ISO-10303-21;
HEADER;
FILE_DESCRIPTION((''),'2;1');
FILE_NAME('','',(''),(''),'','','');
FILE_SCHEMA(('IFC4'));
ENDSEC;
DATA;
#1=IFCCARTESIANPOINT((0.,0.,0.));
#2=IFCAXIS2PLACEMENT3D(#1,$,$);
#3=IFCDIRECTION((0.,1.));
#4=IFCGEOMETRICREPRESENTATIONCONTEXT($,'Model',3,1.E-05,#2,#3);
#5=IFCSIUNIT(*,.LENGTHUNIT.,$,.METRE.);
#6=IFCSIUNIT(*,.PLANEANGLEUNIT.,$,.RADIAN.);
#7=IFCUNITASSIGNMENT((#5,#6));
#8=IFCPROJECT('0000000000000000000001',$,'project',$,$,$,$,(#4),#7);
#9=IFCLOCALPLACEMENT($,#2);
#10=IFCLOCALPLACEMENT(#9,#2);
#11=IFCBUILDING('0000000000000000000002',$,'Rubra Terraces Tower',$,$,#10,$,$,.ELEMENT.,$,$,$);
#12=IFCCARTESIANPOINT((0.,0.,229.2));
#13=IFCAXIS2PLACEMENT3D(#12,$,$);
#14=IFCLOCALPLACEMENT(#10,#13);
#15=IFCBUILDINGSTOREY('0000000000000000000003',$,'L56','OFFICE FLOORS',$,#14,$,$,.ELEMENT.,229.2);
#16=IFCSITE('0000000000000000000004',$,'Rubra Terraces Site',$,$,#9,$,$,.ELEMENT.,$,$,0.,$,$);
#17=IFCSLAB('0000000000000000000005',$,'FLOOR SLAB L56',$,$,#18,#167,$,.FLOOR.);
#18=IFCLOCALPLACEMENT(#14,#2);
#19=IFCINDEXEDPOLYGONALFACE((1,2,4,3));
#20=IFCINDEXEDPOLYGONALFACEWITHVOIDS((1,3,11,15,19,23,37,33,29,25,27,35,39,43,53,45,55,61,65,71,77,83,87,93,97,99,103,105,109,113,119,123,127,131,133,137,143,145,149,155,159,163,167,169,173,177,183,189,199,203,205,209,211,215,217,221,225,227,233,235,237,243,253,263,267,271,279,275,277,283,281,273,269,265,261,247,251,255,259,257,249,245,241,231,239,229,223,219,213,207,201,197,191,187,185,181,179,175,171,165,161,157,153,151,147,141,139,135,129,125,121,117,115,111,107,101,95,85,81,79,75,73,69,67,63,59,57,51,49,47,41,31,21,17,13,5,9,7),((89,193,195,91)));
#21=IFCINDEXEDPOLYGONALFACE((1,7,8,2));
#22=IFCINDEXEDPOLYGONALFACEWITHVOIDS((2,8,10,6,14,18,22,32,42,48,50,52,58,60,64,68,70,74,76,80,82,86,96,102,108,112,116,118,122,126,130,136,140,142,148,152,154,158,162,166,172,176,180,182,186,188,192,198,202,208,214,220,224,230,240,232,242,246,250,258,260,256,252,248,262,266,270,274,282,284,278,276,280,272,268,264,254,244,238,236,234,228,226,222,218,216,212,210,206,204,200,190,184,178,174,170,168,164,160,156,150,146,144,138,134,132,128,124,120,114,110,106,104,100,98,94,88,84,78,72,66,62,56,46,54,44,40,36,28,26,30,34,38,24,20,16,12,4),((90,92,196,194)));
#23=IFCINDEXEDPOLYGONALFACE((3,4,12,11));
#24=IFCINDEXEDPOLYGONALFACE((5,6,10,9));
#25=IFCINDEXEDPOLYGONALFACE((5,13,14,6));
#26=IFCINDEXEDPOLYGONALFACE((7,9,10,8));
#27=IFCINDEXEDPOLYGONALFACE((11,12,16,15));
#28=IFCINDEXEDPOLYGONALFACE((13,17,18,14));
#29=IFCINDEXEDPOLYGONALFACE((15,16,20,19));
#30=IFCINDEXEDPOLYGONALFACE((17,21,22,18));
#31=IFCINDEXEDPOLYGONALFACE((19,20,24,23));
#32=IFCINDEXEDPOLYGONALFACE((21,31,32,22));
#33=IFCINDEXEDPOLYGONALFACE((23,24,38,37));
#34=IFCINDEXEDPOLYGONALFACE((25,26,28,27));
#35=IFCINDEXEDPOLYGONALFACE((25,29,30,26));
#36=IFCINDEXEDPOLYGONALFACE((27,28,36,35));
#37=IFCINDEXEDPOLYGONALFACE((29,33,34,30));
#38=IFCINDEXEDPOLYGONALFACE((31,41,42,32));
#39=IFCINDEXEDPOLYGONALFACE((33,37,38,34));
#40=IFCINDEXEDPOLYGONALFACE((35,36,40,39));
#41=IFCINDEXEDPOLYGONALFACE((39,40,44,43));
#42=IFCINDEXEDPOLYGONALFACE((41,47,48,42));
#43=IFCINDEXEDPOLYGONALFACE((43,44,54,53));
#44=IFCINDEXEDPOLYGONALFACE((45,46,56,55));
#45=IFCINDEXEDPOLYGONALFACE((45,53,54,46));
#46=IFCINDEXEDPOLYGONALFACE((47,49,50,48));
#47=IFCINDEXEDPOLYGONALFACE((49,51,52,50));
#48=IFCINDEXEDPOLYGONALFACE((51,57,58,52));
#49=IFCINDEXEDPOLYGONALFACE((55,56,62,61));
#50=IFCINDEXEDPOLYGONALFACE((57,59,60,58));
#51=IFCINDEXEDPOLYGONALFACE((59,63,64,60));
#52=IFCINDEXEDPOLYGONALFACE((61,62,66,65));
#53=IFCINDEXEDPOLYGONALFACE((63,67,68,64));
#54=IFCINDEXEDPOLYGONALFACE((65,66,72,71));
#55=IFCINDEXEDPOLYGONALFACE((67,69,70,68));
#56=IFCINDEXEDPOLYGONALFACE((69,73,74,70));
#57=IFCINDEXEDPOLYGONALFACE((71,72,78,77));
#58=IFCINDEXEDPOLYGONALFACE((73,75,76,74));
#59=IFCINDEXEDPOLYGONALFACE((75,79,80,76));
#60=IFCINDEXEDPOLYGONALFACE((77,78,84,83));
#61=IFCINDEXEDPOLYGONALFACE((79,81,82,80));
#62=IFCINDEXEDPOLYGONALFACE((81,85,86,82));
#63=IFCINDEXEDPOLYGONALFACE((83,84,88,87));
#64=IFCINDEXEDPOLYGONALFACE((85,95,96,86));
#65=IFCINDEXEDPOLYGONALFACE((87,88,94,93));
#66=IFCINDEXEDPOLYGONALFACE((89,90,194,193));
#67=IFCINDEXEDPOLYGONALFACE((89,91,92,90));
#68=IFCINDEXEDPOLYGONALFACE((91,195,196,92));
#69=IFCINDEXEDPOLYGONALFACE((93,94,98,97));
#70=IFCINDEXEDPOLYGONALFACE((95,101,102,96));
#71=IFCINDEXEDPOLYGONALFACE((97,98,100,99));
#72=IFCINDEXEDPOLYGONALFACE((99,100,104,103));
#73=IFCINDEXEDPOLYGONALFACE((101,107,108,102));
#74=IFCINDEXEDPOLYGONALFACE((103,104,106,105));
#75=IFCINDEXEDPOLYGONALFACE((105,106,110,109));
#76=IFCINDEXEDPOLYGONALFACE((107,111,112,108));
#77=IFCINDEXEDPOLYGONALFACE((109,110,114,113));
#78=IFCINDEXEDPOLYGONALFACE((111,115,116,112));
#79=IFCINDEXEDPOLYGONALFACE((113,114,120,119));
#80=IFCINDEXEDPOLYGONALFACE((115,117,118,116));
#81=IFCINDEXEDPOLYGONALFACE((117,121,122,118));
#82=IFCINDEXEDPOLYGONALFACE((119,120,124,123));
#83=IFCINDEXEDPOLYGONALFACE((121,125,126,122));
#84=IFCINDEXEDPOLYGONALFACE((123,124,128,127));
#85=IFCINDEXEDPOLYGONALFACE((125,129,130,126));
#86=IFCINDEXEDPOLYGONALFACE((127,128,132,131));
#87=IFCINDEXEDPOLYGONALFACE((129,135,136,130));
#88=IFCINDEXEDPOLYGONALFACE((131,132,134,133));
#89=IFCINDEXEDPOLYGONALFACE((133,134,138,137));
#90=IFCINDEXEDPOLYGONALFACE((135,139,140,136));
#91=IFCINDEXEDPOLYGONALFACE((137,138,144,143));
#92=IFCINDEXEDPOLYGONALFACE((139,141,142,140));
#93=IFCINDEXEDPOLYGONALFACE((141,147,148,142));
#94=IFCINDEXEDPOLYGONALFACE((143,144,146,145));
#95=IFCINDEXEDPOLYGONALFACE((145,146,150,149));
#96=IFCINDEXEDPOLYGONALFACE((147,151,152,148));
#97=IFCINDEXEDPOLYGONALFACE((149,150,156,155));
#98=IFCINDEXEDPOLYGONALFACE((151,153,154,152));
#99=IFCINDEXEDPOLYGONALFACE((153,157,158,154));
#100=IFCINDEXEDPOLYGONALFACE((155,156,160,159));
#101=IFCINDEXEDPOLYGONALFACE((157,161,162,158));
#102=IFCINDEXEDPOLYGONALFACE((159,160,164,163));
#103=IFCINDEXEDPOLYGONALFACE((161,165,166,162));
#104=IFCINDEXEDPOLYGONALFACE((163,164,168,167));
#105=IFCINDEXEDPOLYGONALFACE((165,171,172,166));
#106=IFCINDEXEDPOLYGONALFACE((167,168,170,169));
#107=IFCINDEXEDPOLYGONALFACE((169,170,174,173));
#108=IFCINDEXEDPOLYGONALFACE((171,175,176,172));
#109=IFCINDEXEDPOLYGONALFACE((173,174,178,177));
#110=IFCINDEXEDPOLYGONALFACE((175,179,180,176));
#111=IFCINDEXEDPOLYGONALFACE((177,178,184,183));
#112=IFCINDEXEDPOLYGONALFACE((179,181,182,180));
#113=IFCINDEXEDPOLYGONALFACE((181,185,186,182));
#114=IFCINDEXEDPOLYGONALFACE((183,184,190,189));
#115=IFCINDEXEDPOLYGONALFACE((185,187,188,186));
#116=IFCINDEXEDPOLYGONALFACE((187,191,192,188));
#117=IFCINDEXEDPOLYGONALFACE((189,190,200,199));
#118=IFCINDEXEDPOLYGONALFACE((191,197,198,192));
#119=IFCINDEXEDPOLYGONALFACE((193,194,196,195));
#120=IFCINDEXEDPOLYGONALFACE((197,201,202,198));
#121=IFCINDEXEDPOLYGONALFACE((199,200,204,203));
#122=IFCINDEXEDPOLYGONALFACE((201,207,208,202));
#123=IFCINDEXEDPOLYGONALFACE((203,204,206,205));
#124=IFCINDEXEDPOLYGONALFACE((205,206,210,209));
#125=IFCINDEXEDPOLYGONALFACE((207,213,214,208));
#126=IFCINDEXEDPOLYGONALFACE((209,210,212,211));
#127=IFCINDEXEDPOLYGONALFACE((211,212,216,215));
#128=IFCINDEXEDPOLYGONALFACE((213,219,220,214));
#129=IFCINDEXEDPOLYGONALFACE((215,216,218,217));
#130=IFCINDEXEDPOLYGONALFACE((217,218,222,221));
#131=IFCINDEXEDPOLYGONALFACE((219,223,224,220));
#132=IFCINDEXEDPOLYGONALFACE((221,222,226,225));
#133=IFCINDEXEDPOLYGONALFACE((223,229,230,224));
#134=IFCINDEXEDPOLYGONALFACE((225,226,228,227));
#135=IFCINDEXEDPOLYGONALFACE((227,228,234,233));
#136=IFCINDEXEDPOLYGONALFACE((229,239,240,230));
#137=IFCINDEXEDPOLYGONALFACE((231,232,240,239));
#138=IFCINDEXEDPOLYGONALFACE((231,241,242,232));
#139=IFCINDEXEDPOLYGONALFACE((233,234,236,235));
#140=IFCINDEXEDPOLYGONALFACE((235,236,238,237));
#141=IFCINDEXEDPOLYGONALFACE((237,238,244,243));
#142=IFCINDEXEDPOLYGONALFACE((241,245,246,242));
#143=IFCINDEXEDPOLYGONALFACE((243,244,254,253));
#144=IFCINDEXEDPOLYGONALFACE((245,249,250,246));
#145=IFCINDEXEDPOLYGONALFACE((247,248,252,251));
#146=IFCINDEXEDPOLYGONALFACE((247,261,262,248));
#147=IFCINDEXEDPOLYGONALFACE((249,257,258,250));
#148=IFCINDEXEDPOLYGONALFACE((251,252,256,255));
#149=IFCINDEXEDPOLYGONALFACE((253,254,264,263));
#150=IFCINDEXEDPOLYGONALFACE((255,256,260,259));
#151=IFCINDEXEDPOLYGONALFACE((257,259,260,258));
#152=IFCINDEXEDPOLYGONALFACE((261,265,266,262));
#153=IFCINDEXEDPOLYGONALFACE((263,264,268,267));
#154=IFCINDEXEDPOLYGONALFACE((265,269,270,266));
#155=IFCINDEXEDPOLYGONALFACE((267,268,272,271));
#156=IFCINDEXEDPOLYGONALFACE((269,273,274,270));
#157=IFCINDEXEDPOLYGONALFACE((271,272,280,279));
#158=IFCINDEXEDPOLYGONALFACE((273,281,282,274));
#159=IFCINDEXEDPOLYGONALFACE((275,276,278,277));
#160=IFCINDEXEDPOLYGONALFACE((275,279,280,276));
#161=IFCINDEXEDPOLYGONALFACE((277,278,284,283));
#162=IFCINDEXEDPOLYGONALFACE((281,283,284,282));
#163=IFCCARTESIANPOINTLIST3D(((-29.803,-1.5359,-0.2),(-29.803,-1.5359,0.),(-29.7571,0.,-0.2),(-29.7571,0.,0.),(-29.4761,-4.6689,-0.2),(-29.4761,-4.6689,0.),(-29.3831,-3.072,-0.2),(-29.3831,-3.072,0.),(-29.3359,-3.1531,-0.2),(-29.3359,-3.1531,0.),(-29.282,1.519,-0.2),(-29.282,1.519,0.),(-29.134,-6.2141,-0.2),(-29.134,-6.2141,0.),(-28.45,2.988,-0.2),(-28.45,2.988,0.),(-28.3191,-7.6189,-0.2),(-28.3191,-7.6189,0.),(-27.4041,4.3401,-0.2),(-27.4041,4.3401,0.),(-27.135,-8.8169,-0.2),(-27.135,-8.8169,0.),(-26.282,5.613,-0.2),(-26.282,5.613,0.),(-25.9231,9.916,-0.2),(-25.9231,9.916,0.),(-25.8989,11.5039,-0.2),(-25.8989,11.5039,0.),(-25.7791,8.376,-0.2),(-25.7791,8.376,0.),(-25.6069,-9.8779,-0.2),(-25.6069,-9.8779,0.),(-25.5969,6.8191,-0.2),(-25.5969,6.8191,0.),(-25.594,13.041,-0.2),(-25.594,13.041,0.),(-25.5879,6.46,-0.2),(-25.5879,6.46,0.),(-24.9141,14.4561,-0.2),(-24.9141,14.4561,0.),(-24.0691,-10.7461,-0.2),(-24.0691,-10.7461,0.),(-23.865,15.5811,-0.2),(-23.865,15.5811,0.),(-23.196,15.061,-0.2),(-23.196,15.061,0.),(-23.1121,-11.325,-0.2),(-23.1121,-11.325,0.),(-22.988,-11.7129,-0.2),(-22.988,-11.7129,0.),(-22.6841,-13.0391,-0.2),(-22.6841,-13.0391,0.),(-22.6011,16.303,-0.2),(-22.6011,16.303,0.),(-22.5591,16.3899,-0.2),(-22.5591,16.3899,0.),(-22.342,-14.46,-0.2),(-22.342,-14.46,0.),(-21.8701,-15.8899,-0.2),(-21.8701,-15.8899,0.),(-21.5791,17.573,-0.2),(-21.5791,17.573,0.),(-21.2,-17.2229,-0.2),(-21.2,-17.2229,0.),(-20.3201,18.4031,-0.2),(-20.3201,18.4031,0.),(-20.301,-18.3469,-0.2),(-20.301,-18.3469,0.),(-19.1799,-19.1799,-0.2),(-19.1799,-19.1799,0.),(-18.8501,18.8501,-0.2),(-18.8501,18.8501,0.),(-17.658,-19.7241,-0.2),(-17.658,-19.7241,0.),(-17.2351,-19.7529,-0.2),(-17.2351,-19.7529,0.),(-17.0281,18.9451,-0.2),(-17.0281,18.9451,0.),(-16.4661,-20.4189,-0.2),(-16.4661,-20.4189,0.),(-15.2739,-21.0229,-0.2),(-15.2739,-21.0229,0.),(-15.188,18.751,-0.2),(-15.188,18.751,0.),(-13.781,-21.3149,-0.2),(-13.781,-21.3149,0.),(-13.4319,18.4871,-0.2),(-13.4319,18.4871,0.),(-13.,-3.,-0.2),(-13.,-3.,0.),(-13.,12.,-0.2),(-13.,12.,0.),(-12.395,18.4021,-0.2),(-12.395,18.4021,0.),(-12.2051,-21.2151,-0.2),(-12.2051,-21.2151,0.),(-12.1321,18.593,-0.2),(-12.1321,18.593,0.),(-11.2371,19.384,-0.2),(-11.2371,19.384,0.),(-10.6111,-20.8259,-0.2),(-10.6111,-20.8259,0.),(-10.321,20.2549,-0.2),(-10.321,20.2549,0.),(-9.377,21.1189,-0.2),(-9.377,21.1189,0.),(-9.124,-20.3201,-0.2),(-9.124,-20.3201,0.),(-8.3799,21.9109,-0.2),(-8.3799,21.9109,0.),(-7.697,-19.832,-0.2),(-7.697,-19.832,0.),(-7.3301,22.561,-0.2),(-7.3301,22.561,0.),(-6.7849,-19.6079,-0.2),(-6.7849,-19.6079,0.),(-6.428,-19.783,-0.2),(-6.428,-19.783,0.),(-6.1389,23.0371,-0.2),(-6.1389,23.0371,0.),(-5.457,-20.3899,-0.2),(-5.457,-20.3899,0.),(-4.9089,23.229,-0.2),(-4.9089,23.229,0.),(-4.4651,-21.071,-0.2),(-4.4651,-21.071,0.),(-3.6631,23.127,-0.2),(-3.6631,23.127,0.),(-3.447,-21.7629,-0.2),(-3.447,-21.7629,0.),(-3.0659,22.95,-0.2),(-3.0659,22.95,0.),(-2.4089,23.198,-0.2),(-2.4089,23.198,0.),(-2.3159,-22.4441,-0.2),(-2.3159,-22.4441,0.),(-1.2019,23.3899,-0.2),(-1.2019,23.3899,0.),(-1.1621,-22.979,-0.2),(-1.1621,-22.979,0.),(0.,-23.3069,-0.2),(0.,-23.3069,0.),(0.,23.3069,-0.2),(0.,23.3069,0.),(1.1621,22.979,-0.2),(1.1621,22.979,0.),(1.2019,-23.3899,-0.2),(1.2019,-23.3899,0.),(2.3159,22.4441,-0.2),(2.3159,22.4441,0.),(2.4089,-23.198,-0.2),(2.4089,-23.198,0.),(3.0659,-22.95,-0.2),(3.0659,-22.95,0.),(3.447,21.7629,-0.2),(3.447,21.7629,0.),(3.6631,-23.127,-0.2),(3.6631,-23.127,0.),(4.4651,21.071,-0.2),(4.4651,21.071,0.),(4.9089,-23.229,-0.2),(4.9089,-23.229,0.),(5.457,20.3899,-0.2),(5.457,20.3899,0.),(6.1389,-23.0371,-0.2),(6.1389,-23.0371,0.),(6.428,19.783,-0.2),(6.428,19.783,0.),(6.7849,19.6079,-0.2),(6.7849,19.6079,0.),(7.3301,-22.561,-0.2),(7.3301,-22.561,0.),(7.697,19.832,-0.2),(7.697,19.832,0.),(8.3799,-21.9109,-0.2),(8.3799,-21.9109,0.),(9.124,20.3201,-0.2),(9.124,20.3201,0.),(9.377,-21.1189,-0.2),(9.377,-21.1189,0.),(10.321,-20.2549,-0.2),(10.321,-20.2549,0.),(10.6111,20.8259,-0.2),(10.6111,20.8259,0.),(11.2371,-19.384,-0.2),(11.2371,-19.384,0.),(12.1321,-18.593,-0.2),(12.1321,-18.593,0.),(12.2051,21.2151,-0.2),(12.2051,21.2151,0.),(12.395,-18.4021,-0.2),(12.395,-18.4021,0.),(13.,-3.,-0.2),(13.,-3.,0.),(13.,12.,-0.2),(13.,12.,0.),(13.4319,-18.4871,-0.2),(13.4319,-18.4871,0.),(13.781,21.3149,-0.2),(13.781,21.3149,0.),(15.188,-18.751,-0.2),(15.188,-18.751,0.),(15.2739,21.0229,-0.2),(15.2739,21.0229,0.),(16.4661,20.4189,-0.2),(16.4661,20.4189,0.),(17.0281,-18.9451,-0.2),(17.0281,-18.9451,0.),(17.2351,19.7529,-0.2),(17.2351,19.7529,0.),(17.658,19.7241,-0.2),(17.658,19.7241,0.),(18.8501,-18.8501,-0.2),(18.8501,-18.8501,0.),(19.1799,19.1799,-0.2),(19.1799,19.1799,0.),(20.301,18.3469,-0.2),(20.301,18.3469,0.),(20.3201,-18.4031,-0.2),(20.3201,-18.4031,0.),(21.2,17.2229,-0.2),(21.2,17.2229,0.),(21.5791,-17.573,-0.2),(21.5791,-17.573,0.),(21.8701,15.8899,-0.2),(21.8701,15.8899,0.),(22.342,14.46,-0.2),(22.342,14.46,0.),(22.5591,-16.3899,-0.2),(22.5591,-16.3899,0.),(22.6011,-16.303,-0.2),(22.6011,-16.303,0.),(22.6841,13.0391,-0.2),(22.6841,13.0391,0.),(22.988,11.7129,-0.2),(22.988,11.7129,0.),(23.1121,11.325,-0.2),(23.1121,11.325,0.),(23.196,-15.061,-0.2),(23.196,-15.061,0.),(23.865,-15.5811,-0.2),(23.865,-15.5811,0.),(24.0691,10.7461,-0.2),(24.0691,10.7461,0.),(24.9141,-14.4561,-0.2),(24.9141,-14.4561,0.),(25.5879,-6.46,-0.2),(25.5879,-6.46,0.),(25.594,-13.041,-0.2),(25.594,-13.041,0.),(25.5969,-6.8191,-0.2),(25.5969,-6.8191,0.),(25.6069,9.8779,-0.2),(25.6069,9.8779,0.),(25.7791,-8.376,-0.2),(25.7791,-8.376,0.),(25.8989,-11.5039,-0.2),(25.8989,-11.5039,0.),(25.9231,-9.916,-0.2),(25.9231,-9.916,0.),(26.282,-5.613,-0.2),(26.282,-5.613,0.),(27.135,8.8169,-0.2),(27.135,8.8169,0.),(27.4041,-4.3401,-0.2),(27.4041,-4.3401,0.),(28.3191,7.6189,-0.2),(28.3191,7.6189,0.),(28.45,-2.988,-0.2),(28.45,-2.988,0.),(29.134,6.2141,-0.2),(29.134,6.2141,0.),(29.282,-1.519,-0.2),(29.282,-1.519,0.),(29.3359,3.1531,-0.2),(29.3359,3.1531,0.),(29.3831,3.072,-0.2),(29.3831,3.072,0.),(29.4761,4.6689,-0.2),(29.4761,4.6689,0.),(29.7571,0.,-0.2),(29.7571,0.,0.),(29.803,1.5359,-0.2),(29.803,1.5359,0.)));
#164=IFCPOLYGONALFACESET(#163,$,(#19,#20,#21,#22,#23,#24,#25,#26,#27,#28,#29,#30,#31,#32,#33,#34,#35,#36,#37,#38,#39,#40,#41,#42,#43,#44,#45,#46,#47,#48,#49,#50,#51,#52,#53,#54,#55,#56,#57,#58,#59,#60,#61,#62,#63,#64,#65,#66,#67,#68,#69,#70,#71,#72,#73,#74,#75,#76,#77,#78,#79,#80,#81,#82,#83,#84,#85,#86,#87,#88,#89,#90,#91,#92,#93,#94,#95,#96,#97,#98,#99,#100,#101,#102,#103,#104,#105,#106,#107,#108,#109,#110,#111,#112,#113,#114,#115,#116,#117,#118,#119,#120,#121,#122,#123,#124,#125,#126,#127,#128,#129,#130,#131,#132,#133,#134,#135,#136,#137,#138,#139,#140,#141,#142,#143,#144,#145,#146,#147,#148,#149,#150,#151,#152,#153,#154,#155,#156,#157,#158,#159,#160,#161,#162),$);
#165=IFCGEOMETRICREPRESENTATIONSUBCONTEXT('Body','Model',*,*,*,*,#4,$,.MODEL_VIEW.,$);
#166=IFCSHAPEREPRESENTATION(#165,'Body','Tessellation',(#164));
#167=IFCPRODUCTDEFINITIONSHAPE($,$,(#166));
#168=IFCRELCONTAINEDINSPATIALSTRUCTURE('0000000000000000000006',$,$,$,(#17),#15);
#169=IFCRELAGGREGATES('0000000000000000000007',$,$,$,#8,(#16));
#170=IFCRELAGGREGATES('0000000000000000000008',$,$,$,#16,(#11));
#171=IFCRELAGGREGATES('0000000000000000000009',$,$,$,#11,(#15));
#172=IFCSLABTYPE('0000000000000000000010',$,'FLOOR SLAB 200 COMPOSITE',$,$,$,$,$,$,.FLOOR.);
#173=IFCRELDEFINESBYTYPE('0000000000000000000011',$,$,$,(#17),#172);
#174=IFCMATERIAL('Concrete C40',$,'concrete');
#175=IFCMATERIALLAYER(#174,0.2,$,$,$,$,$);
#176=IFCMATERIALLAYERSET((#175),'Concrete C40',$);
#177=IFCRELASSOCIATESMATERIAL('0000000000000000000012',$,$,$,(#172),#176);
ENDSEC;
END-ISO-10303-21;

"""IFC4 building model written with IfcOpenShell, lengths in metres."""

from ifc_helpers import new_model, si_unit, direction, frame, origin, place, context, subcontext, project, spatial, polyline, outline, extrude, material, layer, layer_set, type_object, element, save


model = new_model("IFC4")

# Units and contexts
model_context = context("Model", 3, precision=1e-05, world=origin(), true_north=direction((0.0, 1.0)))
body_context = subcontext(model_context, "Body", "Model", "MODEL_VIEW")
ifc_project = project(units=[si_unit("LENGTHUNIT", "METRE"), si_unit("PLANEANGLEUNIT", "RADIAN")], contexts=[model_context])

# Site, building, storey
site_placement = place(None, origin())
site = spatial("IfcSite", under=ifc_project, at=site_placement, Name="Rubra Terraces Site", CompositionType="ELEMENT", RefElevation=0.0)
building_placement = place(site_placement, origin())
building = spatial("IfcBuilding", under=site, at=building_placement, Name="Rubra Terraces Tower", CompositionType="ELEMENT")
storey_placement = place(building_placement, frame((0.0, 0.0, 229.2)))
storey = spatial("IfcBuildingStorey", under=building, at=storey_placement, Name="L56", Description="OFFICE FLOORS", CompositionType="ELEMENT", Elevation=229.2)

# Slab
ifc_material_1 = material(Name="Concrete C40", Category="concrete")
ifc_layer_1 = layer(ifc_material_1, 0.2)
ifc_layer_set_1 = layer_set([ifc_layer_1], Name="Concrete C40")
slab_type_1 = type_object("IfcSlabType", Name="FLOOR SLAB 200 COMPOSITE", PredefinedType="FLOOR", material=ifc_layer_set_1)
slab_1_placement = place(storey_placement, frame((0.0, 0.0, -0.2)))
element("IfcSlab", 1, at=slab_1_placement, inside=storey, type_object=slab_type_1, Name="FLOOR SLAB L56", PredefinedType="FLOOR", context=body_context, shape_type="SweptSolid", body=[
    extrude(outline(polyline([(24.0691, 10.7461), (23.1121, 11.325), (22.988, 11.7129), (22.6841, 13.0391), (22.342, 14.46), (21.8701, 15.8899), (21.2, 17.2229), (20.301, 18.3469), (19.1799, 19.1799), (17.658, 19.7241), (17.2351, 19.7529), (16.4661, 20.4189), (15.2739, 21.0229), (13.781, 21.3149), (12.2051, 21.2151), (10.6111, 20.8259), (9.124, 20.3201), (7.697, 19.832), (6.7849, 19.6079), (6.428, 19.783), (5.457, 20.3899), (4.4651, 21.071), (3.447, 21.7629), (2.3159, 22.4441), (1.1621, 22.979), (0.0, 23.3069), (-1.2019, 23.3899), (-2.4089, 23.198), (-3.0659, 22.95), (-3.6631, 23.127), (-4.9089, 23.229), (-6.1389, 23.0371), (-7.3301, 22.561), (-8.3799, 21.9109), (-9.377, 21.1189), (-10.321, 20.2549), (-11.2371, 19.384), (-12.1321, 18.593), (-12.395, 18.4021), (-13.4319, 18.4871), (-15.188, 18.751), (-17.0281, 18.9451), (-18.8501, 18.8501), (-20.3201, 18.4031), (-21.5791, 17.573), (-22.5591, 16.3899), (-23.196, 15.061), (-22.6011, 16.303), (-23.865, 15.5811), (-24.9141, 14.4561), (-25.594, 13.041), (-25.8989, 11.5039), (-25.9231, 9.916), (-25.7791, 8.376), (-25.5969, 6.8191), (-25.5879, 6.46), (-26.282, 5.613), (-27.4041, 4.3401), (-28.45, 2.988), (-29.282, 1.519), (-29.7571, 0.0), (-29.803, -1.5359), (-29.3831, -3.072), (-29.3359, -3.1531), (-29.4761, -4.6689), (-29.134, -6.2141), (-28.3191, -7.6189), (-27.135, -8.8169), (-25.6069, -9.8779), (-24.0691, -10.7461), (-23.1121, -11.325), (-22.988, -11.7129), (-22.6841, -13.0391), (-22.342, -14.46), (-21.8701, -15.8899), (-21.2, -17.2229), (-20.301, -18.3469), (-19.1799, -19.1799), (-17.658, -19.7241), (-17.2351, -19.7529), (-16.4661, -20.4189), (-15.2739, -21.0229), (-13.781, -21.3149), (-12.2051, -21.2151), (-10.6111, -20.8259), (-9.124, -20.3201), (-7.697, -19.832), (-6.7849, -19.6079), (-6.428, -19.783), (-5.457, -20.3899), (-4.4651, -21.071), (-3.447, -21.7629), (-2.3159, -22.4441), (-1.1621, -22.979), (0.0, -23.3069), (1.2019, -23.3899), (2.4089, -23.198), (3.0659, -22.95), (3.6631, -23.127), (4.9089, -23.229), (6.1389, -23.0371), (7.3301, -22.561), (8.3799, -21.9109), (9.377, -21.1189), (10.321, -20.2549), (11.2371, -19.384), (12.1321, -18.593), (12.395, -18.4021), (13.4319, -18.4871), (15.188, -18.751), (17.0281, -18.9451), (18.8501, -18.8501), (20.3201, -18.4031), (21.5791, -17.573), (22.5591, -16.3899), (23.196, -15.061), (22.6011, -16.303), (23.865, -15.5811), (24.9141, -14.4561), (25.594, -13.041), (25.8989, -11.5039), (25.9231, -9.916), (25.7791, -8.376), (25.5969, -6.8191), (25.5879, -6.46), (26.282, -5.613), (27.4041, -4.3401), (28.45, -2.988), (29.282, -1.519), (29.7571, 0.0), (29.803, 1.5359), (29.3831, 3.072), (29.3359, 3.1531), (29.4761, 4.6689), (29.134, 6.2141), (28.3191, 7.6189), (27.135, 8.8169), (25.6069, 9.8779), (24.0691, 10.7461)]), holes=[polyline([(13.0, 12.0), (13.0, -3.0), (-13.0, -3.0), (-13.0, 12.0), (13.0, 12.0)])]), origin(), (0.0, 0.0, 1.0), 0.2),
])

save(model, "model.ifc")
